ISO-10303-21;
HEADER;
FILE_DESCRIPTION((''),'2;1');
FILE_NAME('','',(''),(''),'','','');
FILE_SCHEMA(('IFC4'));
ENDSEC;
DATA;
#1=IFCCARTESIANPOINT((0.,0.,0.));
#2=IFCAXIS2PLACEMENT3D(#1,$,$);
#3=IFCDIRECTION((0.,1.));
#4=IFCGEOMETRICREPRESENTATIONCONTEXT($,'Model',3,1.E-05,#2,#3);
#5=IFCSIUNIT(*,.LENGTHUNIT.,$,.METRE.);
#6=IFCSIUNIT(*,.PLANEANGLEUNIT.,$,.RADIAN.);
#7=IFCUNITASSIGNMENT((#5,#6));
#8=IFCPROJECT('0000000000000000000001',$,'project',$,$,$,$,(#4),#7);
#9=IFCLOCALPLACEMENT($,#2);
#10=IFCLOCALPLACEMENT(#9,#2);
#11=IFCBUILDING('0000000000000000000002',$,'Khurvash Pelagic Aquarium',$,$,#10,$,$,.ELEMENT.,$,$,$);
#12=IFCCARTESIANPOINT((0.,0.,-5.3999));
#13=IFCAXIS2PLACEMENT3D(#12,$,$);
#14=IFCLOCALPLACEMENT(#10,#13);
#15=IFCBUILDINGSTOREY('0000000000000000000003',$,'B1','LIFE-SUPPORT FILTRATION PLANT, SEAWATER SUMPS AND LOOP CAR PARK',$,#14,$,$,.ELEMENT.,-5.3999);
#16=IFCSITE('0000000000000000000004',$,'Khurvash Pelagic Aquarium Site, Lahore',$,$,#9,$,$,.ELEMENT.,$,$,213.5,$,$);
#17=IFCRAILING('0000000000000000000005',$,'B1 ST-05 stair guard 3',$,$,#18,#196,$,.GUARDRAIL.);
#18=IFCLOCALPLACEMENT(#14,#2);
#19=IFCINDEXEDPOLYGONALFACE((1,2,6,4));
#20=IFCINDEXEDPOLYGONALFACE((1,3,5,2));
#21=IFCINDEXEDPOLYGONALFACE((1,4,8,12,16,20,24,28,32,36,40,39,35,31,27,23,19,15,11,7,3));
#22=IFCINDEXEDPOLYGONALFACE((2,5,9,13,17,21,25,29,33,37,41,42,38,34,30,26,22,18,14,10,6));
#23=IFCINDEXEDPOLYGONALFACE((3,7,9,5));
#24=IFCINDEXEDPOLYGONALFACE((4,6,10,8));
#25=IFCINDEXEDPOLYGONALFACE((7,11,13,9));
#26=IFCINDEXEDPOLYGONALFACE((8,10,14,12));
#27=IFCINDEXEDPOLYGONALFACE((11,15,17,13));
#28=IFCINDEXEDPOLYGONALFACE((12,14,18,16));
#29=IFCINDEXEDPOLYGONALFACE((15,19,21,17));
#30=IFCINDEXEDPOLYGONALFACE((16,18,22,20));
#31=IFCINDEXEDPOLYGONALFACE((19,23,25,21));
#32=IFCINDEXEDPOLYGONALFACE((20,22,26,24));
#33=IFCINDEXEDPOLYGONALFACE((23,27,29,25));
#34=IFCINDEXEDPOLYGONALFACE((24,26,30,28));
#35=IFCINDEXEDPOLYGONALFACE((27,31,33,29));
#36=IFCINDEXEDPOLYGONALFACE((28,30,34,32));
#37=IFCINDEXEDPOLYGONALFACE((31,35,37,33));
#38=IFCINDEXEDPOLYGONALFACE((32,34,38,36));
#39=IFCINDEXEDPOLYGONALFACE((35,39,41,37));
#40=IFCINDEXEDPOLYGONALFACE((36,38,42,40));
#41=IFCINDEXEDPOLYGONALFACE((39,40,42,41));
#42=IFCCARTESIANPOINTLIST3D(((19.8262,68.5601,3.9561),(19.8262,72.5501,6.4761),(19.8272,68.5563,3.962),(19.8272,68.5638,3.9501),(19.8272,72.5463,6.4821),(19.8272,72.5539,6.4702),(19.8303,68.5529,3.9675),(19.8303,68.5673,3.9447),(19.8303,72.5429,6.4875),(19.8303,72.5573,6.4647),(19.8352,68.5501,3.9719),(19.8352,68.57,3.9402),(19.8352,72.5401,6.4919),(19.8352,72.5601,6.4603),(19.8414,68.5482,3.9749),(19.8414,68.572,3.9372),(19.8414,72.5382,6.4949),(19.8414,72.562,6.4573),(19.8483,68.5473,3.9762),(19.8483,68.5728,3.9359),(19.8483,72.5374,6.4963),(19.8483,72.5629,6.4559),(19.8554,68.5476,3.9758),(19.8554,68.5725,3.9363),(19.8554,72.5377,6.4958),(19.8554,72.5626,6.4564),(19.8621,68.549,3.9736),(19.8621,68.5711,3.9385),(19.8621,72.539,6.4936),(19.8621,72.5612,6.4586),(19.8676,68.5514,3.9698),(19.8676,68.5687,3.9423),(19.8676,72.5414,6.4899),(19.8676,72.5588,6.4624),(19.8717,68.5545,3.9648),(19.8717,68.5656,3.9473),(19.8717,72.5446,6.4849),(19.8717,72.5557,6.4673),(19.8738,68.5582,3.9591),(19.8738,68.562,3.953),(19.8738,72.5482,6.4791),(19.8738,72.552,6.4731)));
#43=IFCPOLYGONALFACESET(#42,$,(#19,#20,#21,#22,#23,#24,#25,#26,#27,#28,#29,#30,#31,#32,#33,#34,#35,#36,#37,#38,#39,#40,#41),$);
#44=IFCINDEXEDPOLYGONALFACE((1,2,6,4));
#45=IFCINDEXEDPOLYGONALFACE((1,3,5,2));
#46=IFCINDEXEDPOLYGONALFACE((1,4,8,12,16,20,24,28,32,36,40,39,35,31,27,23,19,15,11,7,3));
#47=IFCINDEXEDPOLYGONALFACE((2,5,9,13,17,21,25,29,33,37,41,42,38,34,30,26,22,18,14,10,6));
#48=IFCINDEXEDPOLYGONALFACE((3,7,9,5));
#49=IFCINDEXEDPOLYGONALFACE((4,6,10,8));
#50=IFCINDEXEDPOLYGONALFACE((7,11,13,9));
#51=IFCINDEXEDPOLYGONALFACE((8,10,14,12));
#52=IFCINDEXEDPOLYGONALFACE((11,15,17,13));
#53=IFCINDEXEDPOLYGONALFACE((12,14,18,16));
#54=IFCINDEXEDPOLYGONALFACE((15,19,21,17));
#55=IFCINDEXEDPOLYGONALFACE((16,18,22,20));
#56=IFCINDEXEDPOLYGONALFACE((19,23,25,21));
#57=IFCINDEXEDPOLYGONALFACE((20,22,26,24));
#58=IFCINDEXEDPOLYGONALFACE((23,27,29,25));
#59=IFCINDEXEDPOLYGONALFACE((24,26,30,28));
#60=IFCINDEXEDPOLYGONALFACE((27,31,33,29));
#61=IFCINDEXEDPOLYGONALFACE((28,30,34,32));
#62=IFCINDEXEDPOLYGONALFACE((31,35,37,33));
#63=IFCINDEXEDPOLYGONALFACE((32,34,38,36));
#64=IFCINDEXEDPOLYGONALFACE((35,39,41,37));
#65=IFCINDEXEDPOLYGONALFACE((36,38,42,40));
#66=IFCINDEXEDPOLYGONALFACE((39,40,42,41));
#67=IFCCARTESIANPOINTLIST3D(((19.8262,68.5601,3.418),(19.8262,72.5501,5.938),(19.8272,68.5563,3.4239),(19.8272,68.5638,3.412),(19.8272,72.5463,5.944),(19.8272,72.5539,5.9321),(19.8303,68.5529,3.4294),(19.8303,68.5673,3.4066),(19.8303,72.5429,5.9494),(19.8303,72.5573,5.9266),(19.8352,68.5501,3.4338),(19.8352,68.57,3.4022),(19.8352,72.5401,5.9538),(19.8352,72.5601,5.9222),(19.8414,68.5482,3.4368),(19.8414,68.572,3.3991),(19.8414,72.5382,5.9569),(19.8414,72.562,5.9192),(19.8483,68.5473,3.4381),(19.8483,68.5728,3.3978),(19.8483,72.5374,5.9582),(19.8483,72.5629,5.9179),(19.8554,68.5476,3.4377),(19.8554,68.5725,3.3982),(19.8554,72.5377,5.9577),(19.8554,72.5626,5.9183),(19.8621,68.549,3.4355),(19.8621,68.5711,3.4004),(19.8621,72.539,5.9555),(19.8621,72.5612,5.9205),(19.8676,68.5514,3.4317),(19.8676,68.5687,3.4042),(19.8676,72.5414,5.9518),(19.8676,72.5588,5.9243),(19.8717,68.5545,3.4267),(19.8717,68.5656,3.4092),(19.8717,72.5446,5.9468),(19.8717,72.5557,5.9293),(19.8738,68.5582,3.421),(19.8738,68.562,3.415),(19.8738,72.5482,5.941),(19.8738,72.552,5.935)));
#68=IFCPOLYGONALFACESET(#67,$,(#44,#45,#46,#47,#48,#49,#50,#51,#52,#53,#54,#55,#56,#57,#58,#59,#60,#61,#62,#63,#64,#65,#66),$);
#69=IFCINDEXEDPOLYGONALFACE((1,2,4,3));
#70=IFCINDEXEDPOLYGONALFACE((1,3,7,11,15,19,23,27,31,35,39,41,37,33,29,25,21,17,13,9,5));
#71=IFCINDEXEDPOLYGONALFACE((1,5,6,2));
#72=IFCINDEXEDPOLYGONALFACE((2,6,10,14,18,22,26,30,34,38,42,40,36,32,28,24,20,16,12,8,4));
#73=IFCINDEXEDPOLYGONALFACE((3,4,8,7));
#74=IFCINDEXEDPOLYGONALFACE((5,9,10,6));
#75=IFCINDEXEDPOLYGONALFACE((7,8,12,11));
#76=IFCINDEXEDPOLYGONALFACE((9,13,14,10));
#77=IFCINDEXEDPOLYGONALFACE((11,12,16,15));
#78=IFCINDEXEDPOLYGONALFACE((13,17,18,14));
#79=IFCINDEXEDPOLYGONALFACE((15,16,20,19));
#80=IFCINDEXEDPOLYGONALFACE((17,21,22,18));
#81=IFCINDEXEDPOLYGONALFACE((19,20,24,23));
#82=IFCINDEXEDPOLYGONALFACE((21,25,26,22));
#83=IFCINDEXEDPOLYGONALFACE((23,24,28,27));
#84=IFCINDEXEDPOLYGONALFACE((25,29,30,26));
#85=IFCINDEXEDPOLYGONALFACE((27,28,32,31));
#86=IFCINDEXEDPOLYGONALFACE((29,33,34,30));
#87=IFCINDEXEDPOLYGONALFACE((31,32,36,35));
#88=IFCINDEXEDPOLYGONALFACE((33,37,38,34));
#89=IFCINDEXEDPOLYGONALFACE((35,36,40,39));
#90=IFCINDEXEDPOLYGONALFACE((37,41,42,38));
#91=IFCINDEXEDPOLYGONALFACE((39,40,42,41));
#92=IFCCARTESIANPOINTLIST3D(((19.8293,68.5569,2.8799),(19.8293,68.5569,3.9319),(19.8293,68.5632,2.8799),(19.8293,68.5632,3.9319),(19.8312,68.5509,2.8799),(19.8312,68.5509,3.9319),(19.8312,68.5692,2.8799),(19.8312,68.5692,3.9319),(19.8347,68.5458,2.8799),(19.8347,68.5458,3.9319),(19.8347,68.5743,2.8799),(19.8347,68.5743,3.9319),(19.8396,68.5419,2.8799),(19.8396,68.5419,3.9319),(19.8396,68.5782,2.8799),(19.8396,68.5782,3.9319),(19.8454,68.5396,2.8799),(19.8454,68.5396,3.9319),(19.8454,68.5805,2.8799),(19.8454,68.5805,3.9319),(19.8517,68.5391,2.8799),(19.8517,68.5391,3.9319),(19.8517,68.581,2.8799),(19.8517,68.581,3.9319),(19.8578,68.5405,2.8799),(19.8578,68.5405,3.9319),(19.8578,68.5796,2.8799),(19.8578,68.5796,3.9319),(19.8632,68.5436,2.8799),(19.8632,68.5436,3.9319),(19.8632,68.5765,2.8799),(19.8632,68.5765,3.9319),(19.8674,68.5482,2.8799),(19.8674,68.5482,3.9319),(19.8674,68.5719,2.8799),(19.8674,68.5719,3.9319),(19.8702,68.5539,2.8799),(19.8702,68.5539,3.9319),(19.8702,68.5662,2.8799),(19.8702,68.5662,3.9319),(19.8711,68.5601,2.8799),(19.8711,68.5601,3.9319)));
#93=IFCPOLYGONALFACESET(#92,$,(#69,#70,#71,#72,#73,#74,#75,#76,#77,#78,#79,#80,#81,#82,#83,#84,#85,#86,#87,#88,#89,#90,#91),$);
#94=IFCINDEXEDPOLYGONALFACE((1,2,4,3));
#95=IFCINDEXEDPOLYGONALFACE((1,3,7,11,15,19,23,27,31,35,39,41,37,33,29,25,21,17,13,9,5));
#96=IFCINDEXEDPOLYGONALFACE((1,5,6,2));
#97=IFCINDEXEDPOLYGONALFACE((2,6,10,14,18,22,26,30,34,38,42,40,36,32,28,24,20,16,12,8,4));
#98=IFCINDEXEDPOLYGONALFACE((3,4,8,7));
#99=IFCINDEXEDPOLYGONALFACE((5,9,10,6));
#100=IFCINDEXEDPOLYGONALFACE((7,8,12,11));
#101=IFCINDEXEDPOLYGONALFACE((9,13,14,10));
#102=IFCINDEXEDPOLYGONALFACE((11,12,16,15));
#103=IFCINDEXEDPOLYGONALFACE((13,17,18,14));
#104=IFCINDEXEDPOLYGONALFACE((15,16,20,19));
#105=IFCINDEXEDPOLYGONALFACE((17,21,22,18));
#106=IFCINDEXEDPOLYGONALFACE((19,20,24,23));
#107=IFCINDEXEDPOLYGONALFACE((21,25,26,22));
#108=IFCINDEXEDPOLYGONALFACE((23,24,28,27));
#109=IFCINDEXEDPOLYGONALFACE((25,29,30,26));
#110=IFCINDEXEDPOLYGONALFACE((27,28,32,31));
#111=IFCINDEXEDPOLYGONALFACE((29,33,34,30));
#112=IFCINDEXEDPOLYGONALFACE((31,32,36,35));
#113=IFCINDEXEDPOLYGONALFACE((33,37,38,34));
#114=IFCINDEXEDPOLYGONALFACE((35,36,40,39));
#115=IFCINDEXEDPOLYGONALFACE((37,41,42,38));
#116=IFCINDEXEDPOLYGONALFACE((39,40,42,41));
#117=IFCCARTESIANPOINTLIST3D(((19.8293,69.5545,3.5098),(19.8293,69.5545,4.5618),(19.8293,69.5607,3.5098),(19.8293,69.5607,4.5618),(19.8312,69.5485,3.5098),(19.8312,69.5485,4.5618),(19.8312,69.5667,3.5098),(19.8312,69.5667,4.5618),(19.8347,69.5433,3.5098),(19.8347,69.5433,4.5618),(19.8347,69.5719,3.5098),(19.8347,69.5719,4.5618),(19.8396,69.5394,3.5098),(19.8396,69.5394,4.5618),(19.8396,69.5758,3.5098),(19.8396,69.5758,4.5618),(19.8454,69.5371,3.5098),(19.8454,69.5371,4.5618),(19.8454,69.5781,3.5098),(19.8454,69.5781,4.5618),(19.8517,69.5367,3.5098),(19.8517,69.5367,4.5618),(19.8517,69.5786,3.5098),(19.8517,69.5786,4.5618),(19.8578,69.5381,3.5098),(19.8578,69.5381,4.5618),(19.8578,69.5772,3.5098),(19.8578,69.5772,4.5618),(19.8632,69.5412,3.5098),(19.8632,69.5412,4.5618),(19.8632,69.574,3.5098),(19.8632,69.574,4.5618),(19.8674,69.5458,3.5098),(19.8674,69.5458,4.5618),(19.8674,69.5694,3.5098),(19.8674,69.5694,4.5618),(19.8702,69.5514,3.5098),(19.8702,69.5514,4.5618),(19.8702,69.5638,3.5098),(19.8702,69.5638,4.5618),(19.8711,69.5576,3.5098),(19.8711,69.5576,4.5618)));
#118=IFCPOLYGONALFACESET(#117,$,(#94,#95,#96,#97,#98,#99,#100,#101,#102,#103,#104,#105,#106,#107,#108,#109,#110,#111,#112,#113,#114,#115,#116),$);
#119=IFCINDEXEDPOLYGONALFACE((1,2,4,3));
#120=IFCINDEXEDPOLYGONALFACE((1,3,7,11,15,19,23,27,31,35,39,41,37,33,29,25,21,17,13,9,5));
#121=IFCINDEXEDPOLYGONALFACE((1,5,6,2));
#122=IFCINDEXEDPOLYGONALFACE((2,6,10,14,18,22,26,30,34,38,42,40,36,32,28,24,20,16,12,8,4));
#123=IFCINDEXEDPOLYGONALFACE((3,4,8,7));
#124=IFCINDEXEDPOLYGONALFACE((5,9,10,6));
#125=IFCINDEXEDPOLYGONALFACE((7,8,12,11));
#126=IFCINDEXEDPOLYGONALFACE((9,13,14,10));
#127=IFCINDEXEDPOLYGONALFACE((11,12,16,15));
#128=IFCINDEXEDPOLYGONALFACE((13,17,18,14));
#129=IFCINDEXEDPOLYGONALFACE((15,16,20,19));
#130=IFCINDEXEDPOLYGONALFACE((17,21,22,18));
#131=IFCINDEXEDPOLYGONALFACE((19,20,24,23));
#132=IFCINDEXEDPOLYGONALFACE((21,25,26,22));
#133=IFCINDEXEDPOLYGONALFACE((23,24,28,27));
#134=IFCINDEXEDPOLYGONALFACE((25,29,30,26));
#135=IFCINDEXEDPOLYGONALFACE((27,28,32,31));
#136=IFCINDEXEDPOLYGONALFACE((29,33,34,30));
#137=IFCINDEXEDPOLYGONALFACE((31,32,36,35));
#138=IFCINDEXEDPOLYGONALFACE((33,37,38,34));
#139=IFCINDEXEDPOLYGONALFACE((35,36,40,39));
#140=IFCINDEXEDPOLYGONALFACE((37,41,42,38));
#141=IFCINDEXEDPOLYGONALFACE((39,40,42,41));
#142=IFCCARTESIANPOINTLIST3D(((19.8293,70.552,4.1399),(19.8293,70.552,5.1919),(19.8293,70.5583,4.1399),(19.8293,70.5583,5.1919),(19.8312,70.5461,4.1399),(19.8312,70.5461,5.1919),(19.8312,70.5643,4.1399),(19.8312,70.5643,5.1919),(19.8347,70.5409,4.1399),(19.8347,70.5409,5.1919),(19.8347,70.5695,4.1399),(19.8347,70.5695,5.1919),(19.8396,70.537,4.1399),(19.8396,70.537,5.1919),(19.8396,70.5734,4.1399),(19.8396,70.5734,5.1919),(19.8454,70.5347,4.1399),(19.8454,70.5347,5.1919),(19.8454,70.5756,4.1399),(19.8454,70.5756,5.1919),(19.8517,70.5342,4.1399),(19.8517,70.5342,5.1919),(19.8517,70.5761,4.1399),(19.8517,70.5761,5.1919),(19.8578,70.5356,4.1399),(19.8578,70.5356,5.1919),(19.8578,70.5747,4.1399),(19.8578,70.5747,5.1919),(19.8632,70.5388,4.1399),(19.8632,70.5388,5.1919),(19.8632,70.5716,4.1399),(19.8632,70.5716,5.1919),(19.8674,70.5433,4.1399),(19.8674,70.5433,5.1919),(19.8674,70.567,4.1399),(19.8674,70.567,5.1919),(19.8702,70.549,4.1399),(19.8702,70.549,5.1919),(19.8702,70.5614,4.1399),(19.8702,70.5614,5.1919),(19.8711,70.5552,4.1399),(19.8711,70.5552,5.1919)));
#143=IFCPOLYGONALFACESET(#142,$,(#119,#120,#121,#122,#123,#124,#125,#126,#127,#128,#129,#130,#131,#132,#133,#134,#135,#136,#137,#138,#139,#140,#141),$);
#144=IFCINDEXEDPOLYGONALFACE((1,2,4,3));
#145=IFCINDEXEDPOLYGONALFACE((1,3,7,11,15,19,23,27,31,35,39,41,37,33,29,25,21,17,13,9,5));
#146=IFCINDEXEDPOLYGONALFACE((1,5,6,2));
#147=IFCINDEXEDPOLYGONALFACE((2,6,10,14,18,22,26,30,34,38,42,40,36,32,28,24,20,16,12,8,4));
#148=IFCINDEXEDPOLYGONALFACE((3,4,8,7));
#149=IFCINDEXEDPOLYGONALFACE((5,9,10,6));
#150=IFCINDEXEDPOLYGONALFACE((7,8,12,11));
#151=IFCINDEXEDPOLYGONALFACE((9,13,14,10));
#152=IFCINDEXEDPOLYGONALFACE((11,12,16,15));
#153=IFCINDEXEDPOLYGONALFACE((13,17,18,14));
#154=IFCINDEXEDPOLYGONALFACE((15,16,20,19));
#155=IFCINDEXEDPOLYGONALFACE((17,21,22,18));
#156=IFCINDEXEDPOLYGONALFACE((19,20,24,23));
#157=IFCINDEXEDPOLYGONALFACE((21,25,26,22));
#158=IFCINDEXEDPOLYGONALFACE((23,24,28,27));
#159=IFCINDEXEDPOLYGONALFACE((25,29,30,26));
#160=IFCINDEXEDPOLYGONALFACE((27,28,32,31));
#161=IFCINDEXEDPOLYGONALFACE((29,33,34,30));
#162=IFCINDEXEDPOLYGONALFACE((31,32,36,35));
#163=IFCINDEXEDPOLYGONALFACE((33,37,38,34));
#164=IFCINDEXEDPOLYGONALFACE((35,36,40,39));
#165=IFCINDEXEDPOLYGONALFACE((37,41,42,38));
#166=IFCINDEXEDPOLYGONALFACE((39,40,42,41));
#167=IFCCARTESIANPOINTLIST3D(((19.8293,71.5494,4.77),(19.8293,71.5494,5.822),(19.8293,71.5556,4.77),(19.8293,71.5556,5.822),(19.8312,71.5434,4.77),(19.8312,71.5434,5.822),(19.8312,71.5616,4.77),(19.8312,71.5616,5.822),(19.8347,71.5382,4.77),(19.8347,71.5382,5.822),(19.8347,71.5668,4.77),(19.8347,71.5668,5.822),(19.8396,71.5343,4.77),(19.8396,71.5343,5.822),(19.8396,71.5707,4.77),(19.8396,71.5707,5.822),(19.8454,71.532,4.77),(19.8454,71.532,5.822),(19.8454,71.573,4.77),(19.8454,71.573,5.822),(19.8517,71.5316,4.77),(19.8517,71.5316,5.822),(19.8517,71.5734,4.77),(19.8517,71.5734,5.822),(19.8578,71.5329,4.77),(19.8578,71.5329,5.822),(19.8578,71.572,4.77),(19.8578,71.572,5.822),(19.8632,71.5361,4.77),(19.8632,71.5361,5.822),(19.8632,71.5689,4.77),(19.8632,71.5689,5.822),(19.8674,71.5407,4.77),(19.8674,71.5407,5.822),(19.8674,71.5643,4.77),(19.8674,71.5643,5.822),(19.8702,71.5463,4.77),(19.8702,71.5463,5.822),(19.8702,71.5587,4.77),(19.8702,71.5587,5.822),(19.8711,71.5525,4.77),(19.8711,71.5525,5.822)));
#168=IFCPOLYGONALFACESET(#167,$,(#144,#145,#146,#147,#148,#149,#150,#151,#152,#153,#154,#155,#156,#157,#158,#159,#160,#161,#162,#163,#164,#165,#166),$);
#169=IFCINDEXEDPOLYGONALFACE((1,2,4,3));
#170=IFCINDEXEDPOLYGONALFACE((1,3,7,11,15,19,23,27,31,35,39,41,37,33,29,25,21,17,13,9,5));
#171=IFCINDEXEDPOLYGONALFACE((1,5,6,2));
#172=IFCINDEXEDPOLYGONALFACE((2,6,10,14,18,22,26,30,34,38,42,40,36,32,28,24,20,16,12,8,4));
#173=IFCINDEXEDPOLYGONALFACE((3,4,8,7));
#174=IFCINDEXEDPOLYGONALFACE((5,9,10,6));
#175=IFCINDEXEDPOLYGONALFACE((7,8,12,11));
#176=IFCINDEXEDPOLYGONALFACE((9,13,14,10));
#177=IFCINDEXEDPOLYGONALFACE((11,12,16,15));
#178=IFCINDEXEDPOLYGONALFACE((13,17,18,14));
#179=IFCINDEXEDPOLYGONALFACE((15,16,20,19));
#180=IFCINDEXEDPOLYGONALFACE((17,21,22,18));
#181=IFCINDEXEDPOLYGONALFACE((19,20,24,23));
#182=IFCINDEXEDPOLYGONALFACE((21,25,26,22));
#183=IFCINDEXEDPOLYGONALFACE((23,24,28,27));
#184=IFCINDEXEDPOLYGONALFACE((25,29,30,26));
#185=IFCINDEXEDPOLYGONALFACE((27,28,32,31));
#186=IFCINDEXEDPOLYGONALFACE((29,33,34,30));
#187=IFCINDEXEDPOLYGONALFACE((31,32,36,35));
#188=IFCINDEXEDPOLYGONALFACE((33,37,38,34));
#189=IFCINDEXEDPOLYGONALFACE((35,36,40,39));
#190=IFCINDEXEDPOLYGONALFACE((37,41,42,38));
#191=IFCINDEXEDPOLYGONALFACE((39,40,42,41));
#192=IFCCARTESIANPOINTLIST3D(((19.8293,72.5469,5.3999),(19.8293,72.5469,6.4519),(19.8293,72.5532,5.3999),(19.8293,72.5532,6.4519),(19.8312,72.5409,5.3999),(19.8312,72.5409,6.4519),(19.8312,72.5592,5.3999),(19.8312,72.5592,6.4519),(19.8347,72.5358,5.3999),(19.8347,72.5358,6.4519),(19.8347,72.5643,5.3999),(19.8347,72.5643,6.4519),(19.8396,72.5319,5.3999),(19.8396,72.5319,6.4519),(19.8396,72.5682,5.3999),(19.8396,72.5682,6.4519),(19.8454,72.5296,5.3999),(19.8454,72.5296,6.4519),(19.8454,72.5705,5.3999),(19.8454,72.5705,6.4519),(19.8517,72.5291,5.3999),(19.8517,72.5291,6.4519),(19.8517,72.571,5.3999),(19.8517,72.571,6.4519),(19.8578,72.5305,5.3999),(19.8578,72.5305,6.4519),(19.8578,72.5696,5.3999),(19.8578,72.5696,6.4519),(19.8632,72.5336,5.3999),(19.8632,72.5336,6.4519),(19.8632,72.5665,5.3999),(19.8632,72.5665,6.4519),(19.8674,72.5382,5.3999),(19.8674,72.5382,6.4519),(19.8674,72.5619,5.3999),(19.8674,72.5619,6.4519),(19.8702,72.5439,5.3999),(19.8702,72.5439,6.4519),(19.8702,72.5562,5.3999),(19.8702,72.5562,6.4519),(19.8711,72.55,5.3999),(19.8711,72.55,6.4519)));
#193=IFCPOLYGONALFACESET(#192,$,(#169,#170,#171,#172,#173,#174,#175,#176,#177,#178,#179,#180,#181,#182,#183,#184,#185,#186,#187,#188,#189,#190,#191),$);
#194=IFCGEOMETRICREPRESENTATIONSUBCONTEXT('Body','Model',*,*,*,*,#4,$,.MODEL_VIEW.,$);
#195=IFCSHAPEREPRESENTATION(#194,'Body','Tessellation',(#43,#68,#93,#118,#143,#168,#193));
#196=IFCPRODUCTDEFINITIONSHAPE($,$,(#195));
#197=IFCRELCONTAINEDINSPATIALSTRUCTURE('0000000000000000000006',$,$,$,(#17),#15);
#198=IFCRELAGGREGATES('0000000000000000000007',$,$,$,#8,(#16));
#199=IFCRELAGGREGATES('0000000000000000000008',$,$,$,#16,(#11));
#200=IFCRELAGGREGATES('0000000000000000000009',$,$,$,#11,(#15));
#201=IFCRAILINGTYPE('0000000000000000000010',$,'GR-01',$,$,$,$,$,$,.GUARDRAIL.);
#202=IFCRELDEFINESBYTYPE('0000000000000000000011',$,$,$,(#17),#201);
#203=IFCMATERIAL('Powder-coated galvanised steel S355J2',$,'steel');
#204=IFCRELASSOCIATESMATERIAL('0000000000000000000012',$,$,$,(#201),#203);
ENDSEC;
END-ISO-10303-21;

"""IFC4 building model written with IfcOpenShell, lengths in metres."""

from ifc_helpers import new_model, si_unit, direction, frame, origin, origin_2d, place, context, subcontext, project, spatial, circle, extrude, material, type_object, element, save


model = new_model("IFC4")

# Units and contexts
model_context = context("Model", 3, precision=1e-05, world=origin(), true_north=direction((0.0, 1.0)))
body_context = subcontext(model_context, "Body", "Model", "MODEL_VIEW")
ifc_project = project(units=[si_unit("LENGTHUNIT", "METRE"), si_unit("PLANEANGLEUNIT", "RADIAN")], contexts=[model_context])

# Site, building, storey
site_placement = place(None, origin())
site = spatial("IfcSite", under=ifc_project, at=site_placement, Name="Khurvash Pelagic Aquarium Site, Lahore", CompositionType="ELEMENT", RefElevation=213.5)
building_placement = place(site_placement, origin())
building = spatial("IfcBuilding", under=site, at=building_placement, Name="Khurvash Pelagic Aquarium", CompositionType="ELEMENT")
storey_placement = place(building_placement, frame((0.0, 0.0, -5.3999)))
storey = spatial("IfcBuildingStorey", under=building, at=storey_placement, Name="B1", Description="LIFE-SUPPORT FILTRATION PLANT, SEAWATER SUMPS AND LOOP CAR PARK", CompositionType="ELEMENT", Elevation=-5.3999)

# Railing
ifc_material_1 = material(Name="Powder-coated galvanised steel S355J2", Category="steel")
railing_type_1 = type_object("IfcRailingType", Name="GR-01", PredefinedType="GUARDRAIL", material=ifc_material_1)
railing_1_placement = place(storey_placement, frame((19.8501, 68.5601, 2.8799)))
element("IfcRailing", 1, at=railing_1_placement, inside=storey, type_object=railing_type_1, Name="B1 ST-05 stair guard 3", PredefinedType="GUARDRAIL", context=body_context, shape_type="SweptSolid", body=[
    extrude(circle(Radius=0.0239, at=origin_2d()), frame((0.0, 0.0, 1.0762), z_axis=(0.0, 0.845486, 0.533997), x_axis=(-1.0, 0.0, 0.0)), (0.0, 0.0, 1.0), 4.7192),
    extrude(circle(Radius=0.0239, at=origin_2d()), frame((0.0, 0.0, 0.5381), z_axis=(0.0, 0.845486, 0.533997), x_axis=(-1.0, 0.0, 0.0)), (0.0, 0.0, 1.0), 4.7192),
    extrude(circle(Radius=0.021, at=origin_2d()), origin(), (0.0, 0.0, 1.0), 1.052),
    extrude(circle(Radius=0.021, at=origin_2d()), frame((0.0, 0.9976, 0.6299)), (0.0, 0.0, 1.0), 1.052),
    extrude(circle(Radius=0.021, at=origin_2d()), frame((0.0, 1.9951, 1.26)), (0.0, 0.0, 1.0), 1.052),
    extrude(circle(Radius=0.021, at=origin_2d()), frame((0.0, 2.9924, 1.8901)), (0.0, 0.0, 1.0), 1.052),
    extrude(circle(Radius=0.021, at=origin_2d()), frame((0.0, 3.99, 2.52)), (0.0, 0.0, 1.0), 1.052),
])

save(model, "model.ifc")
